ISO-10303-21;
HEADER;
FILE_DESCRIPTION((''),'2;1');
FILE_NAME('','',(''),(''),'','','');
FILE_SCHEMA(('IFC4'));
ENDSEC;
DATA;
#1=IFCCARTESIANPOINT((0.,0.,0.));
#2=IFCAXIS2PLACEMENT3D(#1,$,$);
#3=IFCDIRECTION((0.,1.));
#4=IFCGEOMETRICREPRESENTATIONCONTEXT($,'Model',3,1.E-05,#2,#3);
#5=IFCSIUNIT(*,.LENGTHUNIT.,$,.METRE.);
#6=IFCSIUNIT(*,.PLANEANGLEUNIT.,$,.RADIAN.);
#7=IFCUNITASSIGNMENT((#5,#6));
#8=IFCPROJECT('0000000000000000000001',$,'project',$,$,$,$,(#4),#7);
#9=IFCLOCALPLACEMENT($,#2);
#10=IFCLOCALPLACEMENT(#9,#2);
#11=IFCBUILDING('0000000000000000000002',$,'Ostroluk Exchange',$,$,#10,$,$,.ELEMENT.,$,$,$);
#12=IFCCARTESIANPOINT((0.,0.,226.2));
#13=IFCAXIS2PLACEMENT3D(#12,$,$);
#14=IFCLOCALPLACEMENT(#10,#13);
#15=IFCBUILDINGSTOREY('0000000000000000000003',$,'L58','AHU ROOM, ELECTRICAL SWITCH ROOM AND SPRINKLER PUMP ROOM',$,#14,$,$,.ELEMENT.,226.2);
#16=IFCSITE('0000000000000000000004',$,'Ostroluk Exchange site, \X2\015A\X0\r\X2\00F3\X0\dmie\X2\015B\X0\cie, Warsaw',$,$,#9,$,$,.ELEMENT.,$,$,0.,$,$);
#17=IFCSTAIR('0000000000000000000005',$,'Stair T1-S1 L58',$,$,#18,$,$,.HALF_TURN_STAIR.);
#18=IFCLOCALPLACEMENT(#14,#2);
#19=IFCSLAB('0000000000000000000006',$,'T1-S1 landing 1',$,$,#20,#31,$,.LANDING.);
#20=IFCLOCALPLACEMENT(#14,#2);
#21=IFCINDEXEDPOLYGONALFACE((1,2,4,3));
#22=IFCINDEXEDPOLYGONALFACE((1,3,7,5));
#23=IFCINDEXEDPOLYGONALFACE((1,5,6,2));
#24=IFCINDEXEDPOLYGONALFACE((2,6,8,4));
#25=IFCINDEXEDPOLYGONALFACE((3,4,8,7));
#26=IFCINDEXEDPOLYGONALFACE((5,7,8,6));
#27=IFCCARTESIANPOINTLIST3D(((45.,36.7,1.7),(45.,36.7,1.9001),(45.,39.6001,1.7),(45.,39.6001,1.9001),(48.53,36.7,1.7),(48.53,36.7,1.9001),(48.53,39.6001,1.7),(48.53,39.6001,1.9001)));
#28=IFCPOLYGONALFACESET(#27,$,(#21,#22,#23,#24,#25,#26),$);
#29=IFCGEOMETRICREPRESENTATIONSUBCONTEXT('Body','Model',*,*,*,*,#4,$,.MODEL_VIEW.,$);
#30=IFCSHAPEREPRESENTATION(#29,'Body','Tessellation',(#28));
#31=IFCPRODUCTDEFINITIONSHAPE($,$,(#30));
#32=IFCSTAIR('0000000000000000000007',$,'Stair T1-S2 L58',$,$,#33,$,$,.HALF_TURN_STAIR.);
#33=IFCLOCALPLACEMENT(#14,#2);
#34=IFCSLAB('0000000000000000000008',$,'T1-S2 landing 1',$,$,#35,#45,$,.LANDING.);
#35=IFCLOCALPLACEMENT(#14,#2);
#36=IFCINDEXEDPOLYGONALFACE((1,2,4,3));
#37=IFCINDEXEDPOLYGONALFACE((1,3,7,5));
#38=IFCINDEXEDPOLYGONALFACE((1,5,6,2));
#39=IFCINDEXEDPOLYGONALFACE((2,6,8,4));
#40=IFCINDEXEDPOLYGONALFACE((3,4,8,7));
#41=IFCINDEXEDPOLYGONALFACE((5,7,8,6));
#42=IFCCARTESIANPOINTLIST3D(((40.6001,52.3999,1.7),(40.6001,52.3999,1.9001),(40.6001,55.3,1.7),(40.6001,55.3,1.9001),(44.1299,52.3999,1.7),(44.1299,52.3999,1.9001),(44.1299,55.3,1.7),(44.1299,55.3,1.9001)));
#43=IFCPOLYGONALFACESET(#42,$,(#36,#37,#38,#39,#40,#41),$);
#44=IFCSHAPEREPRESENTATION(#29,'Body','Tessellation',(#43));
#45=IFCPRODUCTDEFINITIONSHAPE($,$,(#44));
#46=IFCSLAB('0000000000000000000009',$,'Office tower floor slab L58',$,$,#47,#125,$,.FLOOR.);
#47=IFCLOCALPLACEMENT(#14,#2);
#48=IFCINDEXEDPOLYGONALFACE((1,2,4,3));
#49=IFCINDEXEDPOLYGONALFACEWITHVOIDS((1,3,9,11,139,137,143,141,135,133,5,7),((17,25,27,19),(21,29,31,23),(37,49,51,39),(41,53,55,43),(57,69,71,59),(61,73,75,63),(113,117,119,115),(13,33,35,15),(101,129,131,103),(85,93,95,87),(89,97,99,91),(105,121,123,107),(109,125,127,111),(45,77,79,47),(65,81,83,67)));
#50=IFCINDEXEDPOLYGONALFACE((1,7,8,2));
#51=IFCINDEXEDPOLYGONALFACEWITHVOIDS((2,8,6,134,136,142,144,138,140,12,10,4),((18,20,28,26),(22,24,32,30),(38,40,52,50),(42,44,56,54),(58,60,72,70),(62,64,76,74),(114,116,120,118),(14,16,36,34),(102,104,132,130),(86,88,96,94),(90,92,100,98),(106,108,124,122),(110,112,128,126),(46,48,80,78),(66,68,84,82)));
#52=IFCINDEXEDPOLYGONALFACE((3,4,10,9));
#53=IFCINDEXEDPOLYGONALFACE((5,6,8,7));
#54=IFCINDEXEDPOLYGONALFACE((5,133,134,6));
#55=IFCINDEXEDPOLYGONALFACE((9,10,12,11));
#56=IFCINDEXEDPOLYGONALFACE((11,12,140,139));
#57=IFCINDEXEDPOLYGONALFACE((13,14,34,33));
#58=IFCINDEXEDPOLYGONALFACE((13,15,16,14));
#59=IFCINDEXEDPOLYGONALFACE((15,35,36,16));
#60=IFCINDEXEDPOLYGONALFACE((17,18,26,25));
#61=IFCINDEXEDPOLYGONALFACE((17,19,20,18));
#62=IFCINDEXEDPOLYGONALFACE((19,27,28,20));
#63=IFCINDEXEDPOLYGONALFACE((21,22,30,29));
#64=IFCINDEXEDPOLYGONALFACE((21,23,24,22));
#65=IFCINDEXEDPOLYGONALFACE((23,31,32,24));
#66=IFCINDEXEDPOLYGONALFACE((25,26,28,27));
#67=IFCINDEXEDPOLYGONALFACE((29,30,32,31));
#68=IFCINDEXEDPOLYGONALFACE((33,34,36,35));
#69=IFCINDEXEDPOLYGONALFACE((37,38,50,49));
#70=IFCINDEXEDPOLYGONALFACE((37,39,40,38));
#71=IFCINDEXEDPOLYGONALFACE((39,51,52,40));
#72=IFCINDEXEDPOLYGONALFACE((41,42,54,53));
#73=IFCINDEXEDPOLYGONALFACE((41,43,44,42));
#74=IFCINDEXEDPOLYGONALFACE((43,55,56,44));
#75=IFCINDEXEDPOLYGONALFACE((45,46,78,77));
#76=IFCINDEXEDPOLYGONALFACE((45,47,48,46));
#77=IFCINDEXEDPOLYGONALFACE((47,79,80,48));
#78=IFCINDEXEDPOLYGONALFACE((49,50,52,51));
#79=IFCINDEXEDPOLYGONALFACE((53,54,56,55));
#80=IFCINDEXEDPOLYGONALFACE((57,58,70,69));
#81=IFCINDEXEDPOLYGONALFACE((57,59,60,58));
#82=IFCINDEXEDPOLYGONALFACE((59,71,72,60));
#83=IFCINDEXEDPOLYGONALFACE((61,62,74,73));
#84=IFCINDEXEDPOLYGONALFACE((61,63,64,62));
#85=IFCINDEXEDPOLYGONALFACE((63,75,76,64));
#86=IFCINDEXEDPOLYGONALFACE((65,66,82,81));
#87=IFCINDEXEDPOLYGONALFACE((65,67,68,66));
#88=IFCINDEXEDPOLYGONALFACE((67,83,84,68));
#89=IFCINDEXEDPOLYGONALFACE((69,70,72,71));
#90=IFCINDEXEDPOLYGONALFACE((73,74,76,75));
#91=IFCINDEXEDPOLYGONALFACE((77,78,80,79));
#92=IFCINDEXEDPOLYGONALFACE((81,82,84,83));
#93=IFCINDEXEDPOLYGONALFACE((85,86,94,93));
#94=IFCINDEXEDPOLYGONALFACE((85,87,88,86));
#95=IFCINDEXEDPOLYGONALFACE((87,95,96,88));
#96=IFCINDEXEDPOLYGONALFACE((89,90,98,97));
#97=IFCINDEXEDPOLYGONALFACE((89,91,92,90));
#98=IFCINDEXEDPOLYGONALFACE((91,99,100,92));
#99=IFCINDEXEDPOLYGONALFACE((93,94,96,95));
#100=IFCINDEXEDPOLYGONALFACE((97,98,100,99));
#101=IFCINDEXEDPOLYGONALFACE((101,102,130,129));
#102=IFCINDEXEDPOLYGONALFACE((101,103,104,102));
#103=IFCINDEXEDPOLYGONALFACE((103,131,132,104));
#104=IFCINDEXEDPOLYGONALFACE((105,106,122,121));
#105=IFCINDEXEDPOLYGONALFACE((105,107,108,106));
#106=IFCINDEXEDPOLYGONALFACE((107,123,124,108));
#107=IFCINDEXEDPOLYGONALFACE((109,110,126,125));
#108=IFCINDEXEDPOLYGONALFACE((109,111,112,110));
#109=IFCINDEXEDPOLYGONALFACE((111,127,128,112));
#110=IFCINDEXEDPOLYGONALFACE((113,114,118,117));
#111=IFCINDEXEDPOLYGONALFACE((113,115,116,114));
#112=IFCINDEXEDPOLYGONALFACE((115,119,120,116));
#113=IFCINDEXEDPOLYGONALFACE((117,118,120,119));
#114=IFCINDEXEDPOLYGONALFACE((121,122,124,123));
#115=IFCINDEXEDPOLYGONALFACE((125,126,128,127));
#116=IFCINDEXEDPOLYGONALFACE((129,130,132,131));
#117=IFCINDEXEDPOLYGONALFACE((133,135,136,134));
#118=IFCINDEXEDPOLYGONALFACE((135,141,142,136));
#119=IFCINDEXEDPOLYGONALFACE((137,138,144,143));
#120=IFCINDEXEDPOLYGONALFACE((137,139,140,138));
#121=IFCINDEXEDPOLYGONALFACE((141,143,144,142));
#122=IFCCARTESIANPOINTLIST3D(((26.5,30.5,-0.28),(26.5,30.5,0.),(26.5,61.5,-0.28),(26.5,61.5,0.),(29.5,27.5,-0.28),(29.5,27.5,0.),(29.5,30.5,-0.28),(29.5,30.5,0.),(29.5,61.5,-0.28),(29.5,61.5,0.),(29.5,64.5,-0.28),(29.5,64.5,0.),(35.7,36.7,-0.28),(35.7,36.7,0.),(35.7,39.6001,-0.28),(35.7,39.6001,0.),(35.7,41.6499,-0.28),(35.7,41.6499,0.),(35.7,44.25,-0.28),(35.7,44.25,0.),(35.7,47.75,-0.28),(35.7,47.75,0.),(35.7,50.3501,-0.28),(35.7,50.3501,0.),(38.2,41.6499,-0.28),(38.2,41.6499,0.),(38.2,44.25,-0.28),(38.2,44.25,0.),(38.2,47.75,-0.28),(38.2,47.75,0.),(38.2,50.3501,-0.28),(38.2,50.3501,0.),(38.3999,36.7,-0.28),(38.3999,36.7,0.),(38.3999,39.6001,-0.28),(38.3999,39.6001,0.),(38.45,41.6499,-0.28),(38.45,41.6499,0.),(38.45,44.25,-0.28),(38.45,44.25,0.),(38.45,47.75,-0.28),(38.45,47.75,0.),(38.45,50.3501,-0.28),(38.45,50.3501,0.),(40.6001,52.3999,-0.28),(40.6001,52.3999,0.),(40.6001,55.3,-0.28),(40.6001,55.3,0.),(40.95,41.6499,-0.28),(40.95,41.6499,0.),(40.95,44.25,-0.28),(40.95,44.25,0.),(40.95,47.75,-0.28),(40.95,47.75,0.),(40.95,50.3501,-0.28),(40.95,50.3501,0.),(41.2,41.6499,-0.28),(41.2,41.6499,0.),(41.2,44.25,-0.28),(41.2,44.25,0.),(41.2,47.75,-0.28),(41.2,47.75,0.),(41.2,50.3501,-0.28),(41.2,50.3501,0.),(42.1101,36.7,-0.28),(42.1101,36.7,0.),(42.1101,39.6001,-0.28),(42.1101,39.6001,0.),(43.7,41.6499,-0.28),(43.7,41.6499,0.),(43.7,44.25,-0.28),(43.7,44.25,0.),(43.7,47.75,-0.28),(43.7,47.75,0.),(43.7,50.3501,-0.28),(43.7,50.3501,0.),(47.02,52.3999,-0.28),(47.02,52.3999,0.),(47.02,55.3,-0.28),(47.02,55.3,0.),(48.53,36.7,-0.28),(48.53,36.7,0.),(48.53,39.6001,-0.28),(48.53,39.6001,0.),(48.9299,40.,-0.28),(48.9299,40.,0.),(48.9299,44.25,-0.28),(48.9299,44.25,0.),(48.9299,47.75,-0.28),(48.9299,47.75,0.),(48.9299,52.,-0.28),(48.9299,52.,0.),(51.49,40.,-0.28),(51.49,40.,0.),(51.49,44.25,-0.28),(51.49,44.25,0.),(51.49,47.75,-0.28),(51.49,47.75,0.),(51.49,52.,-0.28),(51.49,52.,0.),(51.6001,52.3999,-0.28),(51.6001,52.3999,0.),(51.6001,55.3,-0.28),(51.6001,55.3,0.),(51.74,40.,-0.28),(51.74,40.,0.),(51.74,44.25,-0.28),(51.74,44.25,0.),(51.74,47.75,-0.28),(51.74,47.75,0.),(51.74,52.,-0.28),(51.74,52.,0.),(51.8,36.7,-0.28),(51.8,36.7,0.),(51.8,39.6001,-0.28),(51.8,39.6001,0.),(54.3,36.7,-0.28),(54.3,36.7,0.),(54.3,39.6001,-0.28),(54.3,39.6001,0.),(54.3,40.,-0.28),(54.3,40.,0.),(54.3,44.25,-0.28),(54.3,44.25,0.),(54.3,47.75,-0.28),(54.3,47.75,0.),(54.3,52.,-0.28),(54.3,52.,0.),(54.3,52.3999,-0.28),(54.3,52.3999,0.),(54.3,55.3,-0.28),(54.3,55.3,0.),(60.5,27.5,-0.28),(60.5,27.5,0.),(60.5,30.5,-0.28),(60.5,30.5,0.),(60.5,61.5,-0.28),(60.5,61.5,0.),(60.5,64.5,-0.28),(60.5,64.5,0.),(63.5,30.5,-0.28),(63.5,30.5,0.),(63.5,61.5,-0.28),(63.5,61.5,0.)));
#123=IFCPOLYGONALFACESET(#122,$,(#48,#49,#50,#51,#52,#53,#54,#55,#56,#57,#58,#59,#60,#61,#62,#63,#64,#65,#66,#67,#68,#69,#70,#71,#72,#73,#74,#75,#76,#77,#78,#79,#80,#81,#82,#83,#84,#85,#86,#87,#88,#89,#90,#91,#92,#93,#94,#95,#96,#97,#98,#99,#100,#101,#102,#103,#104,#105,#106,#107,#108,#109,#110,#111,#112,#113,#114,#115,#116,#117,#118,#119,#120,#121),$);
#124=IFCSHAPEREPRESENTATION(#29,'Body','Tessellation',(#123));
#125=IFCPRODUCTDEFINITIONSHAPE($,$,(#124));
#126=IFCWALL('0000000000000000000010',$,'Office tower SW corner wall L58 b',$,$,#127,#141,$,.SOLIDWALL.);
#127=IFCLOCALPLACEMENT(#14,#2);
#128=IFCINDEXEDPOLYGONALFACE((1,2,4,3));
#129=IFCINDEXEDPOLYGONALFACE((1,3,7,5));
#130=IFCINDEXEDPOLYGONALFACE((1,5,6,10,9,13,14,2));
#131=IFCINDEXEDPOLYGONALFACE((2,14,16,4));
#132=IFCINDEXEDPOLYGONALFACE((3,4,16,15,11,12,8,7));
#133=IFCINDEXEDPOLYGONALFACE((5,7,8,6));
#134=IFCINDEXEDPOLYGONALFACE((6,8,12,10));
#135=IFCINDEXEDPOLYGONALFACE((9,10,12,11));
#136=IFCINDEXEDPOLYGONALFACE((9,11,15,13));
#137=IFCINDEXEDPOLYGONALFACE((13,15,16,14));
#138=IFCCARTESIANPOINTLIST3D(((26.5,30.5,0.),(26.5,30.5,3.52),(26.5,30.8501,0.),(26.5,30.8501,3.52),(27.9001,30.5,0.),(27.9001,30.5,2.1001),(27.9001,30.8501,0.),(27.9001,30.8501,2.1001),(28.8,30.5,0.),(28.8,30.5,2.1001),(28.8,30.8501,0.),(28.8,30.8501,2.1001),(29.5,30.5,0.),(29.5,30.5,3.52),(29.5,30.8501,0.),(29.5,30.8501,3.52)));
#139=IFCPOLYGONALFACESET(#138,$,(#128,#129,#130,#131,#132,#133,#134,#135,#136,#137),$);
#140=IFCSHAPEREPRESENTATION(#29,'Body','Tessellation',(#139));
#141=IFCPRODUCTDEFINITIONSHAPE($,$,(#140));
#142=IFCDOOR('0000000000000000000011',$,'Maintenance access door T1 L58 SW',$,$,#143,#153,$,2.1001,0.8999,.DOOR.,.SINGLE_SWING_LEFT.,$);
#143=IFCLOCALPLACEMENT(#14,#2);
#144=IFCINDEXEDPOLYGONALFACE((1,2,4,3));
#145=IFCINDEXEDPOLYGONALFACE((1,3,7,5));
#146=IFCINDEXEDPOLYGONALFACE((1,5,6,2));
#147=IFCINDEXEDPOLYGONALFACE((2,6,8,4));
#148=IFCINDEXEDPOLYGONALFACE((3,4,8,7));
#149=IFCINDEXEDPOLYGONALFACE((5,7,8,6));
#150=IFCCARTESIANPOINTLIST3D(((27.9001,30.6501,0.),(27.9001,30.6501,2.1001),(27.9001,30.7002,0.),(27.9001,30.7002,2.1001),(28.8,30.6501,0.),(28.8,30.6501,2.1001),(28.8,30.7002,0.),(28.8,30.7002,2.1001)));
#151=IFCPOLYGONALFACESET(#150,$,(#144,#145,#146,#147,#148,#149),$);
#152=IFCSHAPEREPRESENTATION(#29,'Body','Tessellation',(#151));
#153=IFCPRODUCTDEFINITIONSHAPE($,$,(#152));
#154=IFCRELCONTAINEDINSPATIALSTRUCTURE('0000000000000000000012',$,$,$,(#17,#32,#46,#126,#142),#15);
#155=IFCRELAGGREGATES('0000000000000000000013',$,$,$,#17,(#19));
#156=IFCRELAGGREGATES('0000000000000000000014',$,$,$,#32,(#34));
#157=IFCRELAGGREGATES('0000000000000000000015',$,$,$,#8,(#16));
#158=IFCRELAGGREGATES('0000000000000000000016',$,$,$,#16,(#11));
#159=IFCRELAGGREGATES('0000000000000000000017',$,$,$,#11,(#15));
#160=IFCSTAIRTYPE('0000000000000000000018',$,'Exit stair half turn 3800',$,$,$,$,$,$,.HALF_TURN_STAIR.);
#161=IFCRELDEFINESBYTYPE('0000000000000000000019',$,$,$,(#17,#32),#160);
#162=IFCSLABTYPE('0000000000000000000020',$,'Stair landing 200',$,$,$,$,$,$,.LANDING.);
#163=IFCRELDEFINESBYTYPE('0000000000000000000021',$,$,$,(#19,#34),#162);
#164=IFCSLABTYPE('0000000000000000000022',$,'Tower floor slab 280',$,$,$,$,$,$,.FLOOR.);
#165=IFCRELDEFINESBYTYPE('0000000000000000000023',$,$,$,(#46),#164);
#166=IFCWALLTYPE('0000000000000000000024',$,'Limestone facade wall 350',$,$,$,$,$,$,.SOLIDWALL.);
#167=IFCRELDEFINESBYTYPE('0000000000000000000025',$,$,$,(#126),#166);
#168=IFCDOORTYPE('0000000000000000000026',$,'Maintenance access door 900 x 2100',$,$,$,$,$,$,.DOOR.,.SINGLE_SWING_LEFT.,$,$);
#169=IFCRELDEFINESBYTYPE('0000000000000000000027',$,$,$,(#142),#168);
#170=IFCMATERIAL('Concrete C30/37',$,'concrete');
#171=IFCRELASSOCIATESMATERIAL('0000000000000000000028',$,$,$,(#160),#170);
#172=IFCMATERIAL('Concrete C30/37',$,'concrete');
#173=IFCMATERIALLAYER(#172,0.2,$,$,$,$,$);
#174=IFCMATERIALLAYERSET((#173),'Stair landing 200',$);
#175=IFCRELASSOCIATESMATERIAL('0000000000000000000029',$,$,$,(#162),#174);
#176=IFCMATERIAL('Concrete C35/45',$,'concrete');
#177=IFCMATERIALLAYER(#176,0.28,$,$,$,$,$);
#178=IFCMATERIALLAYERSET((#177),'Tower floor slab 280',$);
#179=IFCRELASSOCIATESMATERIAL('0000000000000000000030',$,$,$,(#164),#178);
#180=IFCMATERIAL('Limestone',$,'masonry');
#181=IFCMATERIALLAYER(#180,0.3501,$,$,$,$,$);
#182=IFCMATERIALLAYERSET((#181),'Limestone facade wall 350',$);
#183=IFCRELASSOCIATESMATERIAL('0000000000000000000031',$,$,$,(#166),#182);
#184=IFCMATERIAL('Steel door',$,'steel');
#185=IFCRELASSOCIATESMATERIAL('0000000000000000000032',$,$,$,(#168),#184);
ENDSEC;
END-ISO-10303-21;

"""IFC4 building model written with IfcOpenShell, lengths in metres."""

from ifc_helpers import new_model, si_unit, direction, frame, frame_2d, origin, place, context, subcontext, project, spatial, polyline, rectangle, outline, extrude, material, layer, layer_set, type_object, element, fill, aggregate, save


model = new_model("IFC4")

# Units and contexts
model_context = context("Model", 3, precision=1e-05, world=origin(), true_north=direction((0.0, 1.0)))
body_context = subcontext(model_context, "Body", "Model", "MODEL_VIEW")
ifc_project = project(units=[si_unit("LENGTHUNIT", "METRE"), si_unit("PLANEANGLEUNIT", "RADIAN")], contexts=[model_context])

# Site, building, storey
site_placement = place(None, origin())
site = spatial("IfcSite", under=ifc_project, at=site_placement, Name="Ostroluk Exchange site, Śródmieście, Warsaw", CompositionType="ELEMENT", RefElevation=0.0)
building_placement = place(site_placement, origin())
building = spatial("IfcBuilding", under=site, at=building_placement, Name="Ostroluk Exchange", CompositionType="ELEMENT")
storey_placement = place(building_placement, frame((0.0, 0.0, 226.2)))
storey = spatial("IfcBuildingStorey", under=building, at=storey_placement, Name="L58", Description="AHU ROOM, ELECTRICAL SWITCH ROOM AND SPRINKLER PUMP ROOM", CompositionType="ELEMENT", Elevation=226.2)

# Stairs, slabs
ifc_material_1 = material(Name="Concrete C30/37", Category="concrete")
stair_type = type_object("IfcStairType", Name="Exit stair half turn 3800", PredefinedType="HALF_TURN_STAIR", material=ifc_material_1)
stair_1_placement = place(storey_placement, origin())
stair_1 = element("IfcStair", 1, at=stair_1_placement, inside=storey, type_object=stair_type, Name="Stair T1-S1 L58", PredefinedType="HALF_TURN_STAIR")
ifc_material_2 = material(Name="Concrete C30/37", Category="concrete")
ifc_layer_1 = layer(ifc_material_2, 0.2)
ifc_layer_set_1 = layer_set([ifc_layer_1], Name="Stair landing 200")
slab_type_1 = type_object("IfcSlabType", Name="Stair landing 200", PredefinedType="LANDING", material=ifc_layer_set_1)
slab_1_placement = place(storey_placement, frame((0.0, 0.0, 1.7)))
slab_1 = element("IfcSlab", 2, at=slab_1_placement, type_object=slab_type_1, Name="T1-S1 landing 1", PredefinedType="LANDING", context=body_context, shape_type="SweptSolid", body=[
    extrude(outline(polyline([(45.0, 36.7), (45.0, 39.6001), (48.53, 39.6001), (48.53, 36.7), (45.0, 36.7)])), origin(), (0.0, 0.0, 1.0), 0.2002),
])
aggregate(stair_1, [slab_1])
stair_2_placement = place(storey_placement, origin())
stair_2 = element("IfcStair", 3, at=stair_2_placement, inside=storey, type_object=stair_type, Name="Stair T1-S2 L58", PredefinedType="HALF_TURN_STAIR")
slab_2_placement = place(storey_placement, frame((0.0, 0.0, 1.7)))
slab_2 = element("IfcSlab", 4, at=slab_2_placement, type_object=slab_type_1, Name="T1-S2 landing 1", PredefinedType="LANDING", context=body_context, shape_type="SweptSolid", body=[
    extrude(outline(polyline([(44.1299, 52.3999), (44.1299, 55.3), (40.6001, 55.3), (40.6001, 52.3999), (44.1299, 52.3999)])), origin(), (0.0, 0.0, 1.0), 0.2002),
])
aggregate(stair_2, [slab_2])

# Slab
ifc_material_3 = material(Name="Concrete C35/45", Category="concrete")
ifc_layer_2 = layer(ifc_material_3, 0.28)
ifc_layer_set_2 = layer_set([ifc_layer_2], Name="Tower floor slab 280")
slab_type_2 = type_object("IfcSlabType", Name="Tower floor slab 280", PredefinedType="FLOOR", material=ifc_layer_set_2)
slab_3_placement = place(storey_placement, frame((0.0, 0.0, -0.28)))
element("IfcSlab", 5, at=slab_3_placement, inside=storey, type_object=slab_type_2, Name="Office tower floor slab L58", PredefinedType="FLOOR", context=body_context, shape_type="SweptSolid", body=[
    extrude(outline(polyline([(29.5, 27.5), (60.5, 27.5), (60.5, 30.5), (63.5, 30.5), (63.5, 61.5), (60.5, 61.5), (60.5, 64.5), (29.5, 64.5), (29.5, 61.5), (26.5, 61.5), (26.5, 30.5), (29.5, 30.5), (29.5, 27.5)]), holes=[polyline([(35.7, 36.7), (38.3999, 36.7), (38.3999, 39.6001), (35.7, 39.6001), (35.7, 36.7)]), polyline([(42.1101, 36.7), (48.53, 36.7), (48.53, 39.6001), (42.1101, 39.6001), (42.1101, 36.7)]), polyline([(51.8, 36.7), (54.3, 36.7), (54.3, 39.6001), (51.8, 39.6001), (51.8, 36.7)]), polyline([(40.6001, 52.3999), (47.02, 52.3999), (47.02, 55.3), (40.6001, 55.3), (40.6001, 52.3999)]), polyline([(51.6001, 52.3999), (54.3, 52.3999), (54.3, 55.3), (51.6001, 55.3), (51.6001, 52.3999)]), polyline([(35.7, 47.75), (38.2, 47.75), (38.2, 50.3501), (35.7, 50.3501), (35.7, 47.75)]), polyline([(38.45, 47.75), (40.95, 47.75), (40.95, 50.3501), (38.45, 50.3501), (38.45, 47.75)]), polyline([(41.2, 47.75), (43.7, 47.75), (43.7, 50.3501), (41.2, 50.3501), (41.2, 47.75)]), polyline([(35.7, 41.6499), (38.2, 41.6499), (38.2, 44.25), (35.7, 44.25), (35.7, 41.6499)]), polyline([(38.45, 41.6499), (40.95, 41.6499), (40.95, 44.25), (38.45, 44.25), (38.45, 41.6499)]), polyline([(41.2, 41.6499), (43.7, 41.6499), (43.7, 44.25), (41.2, 44.25), (41.2, 41.6499)]), polyline([(48.9299, 47.75), (51.49, 47.75), (51.49, 52.0), (48.9299, 52.0), (48.9299, 47.75)]), polyline([(51.74, 47.75), (54.3, 47.75), (54.3, 52.0), (51.74, 52.0), (51.74, 47.75)]), polyline([(48.9299, 40.0), (51.49, 40.0), (51.49, 44.25), (48.9299, 44.25), (48.9299, 40.0)]), polyline([(51.74, 40.0), (54.3, 40.0), (54.3, 44.25), (51.74, 44.25), (51.74, 40.0)])]), origin(), (0.0, 0.0, 1.0), 0.28),
])

# Wall, opening, door
ifc_material_4 = material(Name="Limestone", Category="masonry")
ifc_layer_3 = layer(ifc_material_4, 0.3501)
ifc_layer_set_3 = layer_set([ifc_layer_3], Name="Limestone facade wall 350")
wall_type = type_object("IfcWallType", Name="Limestone facade wall 350", PredefinedType="SOLIDWALL", material=ifc_layer_set_3)
wall_placement = place(storey_placement, frame((29.5, 30.675, 0.0), z_axis=(0.0, 0.0, 1.0), x_axis=(-1.0, 0.0, 0.0)))
wall = element("IfcWall", 6, at=wall_placement, inside=storey, type_object=wall_type, Name="Office tower SW corner wall L58 b", PredefinedType="SOLIDWALL", context=body_context, shape_type="SweptSolid", body=[
    extrude(rectangle(XDim=3.0, YDim=0.3501, at=frame_2d((1.5, 0.0))), origin(), (0.0, 0.0, 1.0), 3.52),
])
opening_placement = place(wall_placement, frame((0.7, 0.0, 0.0)))
opening = element("IfcOpeningElement", 7, at=opening_placement, cuts=wall, PredefinedType="OPENING", context=body_context, shape_type="SweptSolid", body=[
    extrude(rectangle(XDim=0.8999, YDim=2.1001, at=frame_2d((0.45, 1.05))), frame((0.0, 0.1851, 0.0), z_axis=(0.0, -1.0, 0.0), x_axis=(1.0, 0.0, 0.0)), (0.0, 0.0, 1.0), 0.3701),
])
ifc_material_5 = material(Name="Steel door", Category="steel")
door_type = type_object("IfcDoorType", Name="Maintenance access door 900 x 2100", OperationType="SINGLE_SWING_LEFT", PredefinedType="DOOR", material=ifc_material_5)
door_placement = place(opening_placement, origin())
door = element("IfcDoor", 8, at=door_placement, inside=storey, type_object=door_type, Name="Maintenance access door T1 L58 SW", OperationType="SINGLE_SWING_LEFT", OverallHeight=2.1001, OverallWidth=0.8999, PredefinedType="DOOR", context=body_context, shape_type="SweptSolid", body=[
    extrude(rectangle(XDim=0.8999, YDim=2.1001, at=frame_2d((0.45, 1.05))), frame((0.0, 0.0249, 0.0), z_axis=(0.0, -1.0, 0.0), x_axis=(1.0, 0.0, 0.0)), (0.0, 0.0, 1.0), 0.05),
])
fill(opening, door)

save(model, "model.ifc")
